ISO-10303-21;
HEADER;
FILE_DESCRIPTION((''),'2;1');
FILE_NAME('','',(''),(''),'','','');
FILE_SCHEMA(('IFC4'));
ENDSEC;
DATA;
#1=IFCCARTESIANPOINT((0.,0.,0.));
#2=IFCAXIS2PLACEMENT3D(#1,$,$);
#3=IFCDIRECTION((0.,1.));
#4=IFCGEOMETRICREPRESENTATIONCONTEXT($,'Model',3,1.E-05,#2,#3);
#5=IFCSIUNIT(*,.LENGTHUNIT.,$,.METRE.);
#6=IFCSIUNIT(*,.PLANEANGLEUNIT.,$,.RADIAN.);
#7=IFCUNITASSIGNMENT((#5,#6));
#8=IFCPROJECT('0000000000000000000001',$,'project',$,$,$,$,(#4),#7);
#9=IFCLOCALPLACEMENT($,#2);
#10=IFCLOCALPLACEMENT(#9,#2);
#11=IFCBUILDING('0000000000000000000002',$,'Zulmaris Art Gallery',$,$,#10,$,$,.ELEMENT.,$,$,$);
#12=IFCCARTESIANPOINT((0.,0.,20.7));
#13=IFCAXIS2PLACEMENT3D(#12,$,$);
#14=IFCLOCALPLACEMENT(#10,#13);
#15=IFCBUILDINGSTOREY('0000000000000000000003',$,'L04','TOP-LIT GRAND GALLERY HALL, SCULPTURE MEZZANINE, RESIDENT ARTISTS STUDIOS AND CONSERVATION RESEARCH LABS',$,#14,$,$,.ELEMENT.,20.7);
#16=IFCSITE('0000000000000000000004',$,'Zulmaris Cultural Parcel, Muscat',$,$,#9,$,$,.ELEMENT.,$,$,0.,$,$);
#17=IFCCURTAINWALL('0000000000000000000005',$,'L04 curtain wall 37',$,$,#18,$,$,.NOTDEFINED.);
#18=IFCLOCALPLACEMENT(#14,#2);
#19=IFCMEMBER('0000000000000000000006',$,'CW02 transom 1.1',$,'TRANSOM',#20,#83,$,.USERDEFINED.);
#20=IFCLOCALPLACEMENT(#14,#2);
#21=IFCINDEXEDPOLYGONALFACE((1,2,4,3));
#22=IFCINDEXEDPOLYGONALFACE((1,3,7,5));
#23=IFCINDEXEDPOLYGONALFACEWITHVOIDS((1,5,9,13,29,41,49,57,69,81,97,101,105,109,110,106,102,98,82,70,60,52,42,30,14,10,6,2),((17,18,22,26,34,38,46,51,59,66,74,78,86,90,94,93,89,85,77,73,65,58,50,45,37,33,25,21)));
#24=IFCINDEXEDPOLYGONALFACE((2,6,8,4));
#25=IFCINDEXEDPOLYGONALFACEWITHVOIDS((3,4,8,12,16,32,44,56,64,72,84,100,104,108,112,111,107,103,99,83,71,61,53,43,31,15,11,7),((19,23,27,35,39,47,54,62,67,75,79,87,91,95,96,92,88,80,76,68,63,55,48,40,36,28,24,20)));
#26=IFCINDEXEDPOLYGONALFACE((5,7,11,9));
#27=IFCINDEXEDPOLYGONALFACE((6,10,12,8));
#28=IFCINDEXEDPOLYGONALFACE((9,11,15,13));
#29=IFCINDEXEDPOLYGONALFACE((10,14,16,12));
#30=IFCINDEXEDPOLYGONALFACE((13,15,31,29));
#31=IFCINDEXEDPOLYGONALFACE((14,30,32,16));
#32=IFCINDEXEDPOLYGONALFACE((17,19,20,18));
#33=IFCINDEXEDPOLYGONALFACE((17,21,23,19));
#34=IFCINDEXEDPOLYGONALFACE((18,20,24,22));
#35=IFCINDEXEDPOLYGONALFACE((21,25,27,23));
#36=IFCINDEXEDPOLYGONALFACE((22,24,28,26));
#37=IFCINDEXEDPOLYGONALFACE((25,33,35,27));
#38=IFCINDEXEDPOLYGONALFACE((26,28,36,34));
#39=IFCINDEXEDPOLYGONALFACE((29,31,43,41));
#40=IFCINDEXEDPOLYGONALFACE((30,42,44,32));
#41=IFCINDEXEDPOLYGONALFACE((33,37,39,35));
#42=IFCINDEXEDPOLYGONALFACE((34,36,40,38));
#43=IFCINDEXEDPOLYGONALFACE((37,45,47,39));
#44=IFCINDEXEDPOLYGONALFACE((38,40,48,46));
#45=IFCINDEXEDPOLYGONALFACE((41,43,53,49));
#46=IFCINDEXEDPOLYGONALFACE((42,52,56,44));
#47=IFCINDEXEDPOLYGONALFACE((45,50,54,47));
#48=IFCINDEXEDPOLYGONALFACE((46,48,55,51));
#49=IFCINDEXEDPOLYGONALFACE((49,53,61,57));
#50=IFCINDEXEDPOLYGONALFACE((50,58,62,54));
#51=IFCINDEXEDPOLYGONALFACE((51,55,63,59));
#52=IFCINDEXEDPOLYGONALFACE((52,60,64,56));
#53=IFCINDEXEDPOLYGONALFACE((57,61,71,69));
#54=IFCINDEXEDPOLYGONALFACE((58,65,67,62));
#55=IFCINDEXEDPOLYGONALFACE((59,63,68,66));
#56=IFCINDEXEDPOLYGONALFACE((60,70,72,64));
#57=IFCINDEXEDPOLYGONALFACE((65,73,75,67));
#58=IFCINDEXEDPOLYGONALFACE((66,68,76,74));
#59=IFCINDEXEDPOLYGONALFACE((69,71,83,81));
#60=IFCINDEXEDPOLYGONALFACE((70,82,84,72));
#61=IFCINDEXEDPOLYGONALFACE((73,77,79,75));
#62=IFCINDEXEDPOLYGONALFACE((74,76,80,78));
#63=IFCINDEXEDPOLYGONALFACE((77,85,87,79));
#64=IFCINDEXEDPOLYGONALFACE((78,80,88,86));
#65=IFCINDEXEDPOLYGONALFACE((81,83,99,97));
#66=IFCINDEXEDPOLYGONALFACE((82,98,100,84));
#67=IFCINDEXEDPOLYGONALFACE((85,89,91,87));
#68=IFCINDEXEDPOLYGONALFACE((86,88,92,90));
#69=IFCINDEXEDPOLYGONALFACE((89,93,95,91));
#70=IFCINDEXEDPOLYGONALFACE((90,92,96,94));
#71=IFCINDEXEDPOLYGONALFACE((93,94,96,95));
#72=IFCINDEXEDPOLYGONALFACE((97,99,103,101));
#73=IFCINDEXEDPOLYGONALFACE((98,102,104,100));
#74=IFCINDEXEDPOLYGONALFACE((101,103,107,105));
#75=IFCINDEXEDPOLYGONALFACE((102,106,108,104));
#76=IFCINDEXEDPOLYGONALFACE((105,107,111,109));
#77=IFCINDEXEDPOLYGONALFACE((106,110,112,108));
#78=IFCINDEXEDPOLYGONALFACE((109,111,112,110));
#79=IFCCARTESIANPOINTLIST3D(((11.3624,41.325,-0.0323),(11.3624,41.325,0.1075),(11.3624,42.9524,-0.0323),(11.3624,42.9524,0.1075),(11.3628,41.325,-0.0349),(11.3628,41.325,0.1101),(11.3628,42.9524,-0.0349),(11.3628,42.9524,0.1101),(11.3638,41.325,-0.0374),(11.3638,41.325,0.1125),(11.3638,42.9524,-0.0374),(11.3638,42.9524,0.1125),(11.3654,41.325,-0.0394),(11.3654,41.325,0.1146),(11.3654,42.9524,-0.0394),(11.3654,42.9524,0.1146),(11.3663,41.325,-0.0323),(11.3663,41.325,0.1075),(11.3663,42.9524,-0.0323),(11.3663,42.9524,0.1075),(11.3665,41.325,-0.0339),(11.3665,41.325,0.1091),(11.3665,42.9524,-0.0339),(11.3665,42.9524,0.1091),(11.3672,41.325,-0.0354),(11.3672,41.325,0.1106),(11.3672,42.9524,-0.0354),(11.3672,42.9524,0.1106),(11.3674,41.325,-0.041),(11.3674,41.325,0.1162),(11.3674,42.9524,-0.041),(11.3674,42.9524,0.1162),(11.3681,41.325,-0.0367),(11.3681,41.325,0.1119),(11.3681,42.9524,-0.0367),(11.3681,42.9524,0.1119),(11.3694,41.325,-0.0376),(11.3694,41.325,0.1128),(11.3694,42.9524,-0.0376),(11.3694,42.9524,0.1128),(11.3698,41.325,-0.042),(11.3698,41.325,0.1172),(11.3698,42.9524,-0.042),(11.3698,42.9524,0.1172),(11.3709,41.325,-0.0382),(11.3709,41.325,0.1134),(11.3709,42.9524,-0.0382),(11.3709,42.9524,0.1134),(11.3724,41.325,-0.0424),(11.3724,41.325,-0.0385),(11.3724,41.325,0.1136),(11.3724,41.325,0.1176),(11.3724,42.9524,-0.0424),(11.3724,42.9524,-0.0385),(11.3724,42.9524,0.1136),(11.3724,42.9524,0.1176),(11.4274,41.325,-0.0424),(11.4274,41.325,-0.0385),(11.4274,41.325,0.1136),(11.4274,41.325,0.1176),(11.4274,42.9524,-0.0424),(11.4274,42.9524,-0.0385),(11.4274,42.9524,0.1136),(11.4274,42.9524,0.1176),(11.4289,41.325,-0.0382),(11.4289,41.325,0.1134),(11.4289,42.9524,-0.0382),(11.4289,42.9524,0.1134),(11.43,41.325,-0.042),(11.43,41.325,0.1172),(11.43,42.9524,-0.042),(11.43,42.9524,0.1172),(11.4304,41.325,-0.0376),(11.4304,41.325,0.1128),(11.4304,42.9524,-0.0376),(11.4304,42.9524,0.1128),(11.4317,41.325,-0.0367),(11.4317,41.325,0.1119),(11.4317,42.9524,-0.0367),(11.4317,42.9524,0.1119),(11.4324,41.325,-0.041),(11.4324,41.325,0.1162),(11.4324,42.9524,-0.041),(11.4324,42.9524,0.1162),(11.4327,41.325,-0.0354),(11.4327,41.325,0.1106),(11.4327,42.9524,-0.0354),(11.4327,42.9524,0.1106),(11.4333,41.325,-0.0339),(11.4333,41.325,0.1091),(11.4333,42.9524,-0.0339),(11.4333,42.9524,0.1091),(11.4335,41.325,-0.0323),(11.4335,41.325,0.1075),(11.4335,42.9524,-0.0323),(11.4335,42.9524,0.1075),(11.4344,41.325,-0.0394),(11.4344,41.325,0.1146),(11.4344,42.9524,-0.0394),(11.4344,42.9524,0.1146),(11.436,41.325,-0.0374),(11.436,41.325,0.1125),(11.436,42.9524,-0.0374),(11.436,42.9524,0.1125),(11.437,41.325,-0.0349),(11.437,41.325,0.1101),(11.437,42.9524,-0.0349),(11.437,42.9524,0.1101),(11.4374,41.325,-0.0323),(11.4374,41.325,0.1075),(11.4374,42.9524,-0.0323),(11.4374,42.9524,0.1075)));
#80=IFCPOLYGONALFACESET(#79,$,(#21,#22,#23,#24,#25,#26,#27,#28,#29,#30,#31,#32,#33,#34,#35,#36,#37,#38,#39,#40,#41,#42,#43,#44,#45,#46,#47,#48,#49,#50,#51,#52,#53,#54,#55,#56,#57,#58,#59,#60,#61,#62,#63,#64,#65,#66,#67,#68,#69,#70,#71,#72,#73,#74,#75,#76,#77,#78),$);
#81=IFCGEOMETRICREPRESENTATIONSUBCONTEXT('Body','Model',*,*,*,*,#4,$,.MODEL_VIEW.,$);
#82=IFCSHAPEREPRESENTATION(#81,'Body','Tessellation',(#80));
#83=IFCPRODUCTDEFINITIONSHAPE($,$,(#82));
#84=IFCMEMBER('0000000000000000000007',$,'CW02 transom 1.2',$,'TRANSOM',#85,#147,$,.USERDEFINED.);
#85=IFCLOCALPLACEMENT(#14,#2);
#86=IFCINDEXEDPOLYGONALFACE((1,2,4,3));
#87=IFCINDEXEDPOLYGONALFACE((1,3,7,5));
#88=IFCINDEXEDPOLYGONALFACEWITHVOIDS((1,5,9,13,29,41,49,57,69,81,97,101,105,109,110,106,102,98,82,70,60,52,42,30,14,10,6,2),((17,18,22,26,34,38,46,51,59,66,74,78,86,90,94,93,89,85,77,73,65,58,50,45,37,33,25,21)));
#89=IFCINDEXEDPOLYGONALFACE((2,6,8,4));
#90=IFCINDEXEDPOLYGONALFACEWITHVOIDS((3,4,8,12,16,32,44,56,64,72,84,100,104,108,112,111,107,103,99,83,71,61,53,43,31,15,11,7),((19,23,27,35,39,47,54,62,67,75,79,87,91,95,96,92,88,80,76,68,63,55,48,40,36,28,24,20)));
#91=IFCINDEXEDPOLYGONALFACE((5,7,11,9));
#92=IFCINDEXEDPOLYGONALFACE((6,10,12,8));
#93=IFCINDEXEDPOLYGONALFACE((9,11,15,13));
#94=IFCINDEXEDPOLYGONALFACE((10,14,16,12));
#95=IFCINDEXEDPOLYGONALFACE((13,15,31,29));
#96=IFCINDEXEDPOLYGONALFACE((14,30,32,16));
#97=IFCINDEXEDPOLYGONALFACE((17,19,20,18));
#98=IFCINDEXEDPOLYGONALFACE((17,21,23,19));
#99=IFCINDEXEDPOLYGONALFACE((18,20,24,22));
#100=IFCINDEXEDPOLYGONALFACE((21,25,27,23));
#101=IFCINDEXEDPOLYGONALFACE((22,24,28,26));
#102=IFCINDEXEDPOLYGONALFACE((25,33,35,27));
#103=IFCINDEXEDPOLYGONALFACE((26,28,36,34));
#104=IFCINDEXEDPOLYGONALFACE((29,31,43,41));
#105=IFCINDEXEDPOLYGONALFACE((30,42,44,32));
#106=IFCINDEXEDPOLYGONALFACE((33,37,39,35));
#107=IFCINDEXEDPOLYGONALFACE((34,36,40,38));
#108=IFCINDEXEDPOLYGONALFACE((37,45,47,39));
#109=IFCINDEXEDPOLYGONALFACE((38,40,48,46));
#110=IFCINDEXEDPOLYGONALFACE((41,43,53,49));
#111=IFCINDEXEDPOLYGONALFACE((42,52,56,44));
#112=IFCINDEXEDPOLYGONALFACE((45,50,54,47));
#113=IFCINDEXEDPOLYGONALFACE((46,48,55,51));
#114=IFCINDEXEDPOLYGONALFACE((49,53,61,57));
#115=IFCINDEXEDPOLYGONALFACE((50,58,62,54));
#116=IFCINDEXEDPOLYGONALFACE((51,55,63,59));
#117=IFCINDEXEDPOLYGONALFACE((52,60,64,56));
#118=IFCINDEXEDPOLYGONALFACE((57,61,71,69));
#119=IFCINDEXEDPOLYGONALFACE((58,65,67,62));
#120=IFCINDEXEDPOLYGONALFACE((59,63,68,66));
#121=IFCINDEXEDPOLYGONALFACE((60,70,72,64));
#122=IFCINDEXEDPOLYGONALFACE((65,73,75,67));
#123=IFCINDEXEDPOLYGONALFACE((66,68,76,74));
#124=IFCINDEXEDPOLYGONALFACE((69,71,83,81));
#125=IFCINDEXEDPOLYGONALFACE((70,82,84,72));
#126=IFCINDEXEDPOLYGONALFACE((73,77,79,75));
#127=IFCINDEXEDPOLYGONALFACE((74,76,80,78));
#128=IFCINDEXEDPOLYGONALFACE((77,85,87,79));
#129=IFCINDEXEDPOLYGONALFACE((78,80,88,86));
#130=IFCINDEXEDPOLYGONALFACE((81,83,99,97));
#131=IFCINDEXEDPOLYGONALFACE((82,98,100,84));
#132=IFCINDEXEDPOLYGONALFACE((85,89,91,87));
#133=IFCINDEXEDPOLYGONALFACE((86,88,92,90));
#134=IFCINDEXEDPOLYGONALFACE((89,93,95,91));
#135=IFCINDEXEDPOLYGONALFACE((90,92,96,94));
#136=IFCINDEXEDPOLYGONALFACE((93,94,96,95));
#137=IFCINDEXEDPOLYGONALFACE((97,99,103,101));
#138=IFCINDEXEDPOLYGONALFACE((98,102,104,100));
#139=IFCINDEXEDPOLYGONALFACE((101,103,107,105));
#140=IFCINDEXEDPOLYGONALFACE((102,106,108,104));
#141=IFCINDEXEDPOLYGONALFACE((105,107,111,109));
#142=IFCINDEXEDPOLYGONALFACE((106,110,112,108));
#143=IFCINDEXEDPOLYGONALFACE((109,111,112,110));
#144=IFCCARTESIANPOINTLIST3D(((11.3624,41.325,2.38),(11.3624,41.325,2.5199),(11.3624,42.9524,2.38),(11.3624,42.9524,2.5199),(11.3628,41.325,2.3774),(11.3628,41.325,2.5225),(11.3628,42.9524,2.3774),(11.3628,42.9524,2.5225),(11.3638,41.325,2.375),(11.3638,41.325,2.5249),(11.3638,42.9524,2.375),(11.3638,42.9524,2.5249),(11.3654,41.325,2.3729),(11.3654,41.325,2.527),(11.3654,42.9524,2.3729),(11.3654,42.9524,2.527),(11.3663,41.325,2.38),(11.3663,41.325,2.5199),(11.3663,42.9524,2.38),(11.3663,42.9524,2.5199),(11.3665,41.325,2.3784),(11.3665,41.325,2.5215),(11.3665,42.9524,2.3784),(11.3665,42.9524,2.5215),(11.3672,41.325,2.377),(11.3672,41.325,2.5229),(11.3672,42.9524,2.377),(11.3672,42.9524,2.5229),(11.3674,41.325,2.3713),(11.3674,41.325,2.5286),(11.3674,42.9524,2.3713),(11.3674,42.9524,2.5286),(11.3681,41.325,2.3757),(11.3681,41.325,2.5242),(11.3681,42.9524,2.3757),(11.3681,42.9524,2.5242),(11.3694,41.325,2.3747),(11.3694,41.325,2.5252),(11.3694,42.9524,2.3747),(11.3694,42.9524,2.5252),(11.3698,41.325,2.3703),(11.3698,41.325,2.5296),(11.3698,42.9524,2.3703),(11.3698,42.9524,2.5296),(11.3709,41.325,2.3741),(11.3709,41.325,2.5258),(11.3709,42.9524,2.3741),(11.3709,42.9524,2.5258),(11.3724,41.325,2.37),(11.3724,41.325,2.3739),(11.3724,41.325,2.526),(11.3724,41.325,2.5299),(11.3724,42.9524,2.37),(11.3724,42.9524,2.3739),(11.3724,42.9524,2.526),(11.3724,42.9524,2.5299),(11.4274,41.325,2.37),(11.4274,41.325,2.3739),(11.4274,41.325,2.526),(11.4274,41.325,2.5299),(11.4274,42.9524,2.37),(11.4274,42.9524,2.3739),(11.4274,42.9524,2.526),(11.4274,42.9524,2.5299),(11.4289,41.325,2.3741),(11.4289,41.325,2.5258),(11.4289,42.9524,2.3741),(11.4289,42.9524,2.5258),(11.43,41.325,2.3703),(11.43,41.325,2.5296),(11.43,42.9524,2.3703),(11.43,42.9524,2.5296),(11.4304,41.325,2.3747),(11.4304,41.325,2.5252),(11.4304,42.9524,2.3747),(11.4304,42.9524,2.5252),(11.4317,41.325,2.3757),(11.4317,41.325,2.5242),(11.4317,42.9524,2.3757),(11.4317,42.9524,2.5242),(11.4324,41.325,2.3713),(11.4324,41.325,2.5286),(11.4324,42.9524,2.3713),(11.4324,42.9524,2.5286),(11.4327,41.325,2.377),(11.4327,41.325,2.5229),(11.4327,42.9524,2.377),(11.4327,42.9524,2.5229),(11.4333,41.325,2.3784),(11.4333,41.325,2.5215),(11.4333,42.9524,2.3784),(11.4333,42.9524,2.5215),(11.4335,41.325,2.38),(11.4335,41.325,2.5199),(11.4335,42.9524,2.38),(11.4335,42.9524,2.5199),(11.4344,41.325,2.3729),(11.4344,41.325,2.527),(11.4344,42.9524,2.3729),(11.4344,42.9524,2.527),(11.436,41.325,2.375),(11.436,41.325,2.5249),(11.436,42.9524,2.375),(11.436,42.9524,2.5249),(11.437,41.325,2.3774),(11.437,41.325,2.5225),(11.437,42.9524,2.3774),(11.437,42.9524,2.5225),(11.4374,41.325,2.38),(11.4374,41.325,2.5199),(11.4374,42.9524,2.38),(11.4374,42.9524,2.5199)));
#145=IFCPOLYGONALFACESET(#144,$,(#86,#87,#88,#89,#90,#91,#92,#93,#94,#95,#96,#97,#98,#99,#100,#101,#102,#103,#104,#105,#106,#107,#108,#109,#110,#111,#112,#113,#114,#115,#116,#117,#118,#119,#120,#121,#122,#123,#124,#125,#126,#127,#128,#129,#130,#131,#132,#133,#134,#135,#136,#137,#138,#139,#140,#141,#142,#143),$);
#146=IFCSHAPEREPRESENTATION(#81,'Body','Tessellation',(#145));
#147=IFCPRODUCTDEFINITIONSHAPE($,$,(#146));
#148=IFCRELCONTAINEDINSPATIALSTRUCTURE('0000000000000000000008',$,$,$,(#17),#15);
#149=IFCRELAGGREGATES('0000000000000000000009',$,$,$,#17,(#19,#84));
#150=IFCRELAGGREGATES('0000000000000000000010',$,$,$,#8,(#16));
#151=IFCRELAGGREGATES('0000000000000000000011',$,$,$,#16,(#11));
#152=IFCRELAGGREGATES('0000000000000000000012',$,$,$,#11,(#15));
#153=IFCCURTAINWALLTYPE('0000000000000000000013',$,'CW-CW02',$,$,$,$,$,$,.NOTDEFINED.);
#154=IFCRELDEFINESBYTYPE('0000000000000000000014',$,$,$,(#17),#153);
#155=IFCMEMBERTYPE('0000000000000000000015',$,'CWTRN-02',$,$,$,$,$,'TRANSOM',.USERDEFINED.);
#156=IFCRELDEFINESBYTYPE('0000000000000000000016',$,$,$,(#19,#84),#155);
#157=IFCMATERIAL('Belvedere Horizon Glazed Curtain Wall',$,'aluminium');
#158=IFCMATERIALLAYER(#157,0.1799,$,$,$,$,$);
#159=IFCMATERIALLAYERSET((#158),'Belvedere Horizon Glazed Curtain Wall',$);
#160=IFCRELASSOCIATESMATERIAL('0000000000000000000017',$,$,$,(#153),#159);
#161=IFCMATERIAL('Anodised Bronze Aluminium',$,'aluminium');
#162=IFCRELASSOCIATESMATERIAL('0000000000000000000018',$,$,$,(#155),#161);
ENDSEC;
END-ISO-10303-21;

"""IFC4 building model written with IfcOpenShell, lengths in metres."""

from ifc_helpers import new_model, si_unit, direction, frame, origin, origin_2d, place, context, subcontext, project, spatial, hollow_rectangle, extrude, material, layer, layer_set, material_profile, profile_set, type_object, element, aggregate, save


model = new_model("IFC4")

# Units and contexts
model_context = context("Model", 3, precision=1e-05, world=origin(), true_north=direction((0.0, 1.0)))
body_context = subcontext(model_context, "Body", "Model", "MODEL_VIEW")
ifc_project = project(units=[si_unit("LENGTHUNIT", "METRE"), si_unit("PLANEANGLEUNIT", "RADIAN")], contexts=[model_context])

# Site, building, storey
site_placement = place(None, origin())
site = spatial("IfcSite", under=ifc_project, at=site_placement, Name="Zulmaris Cultural Parcel, Muscat", CompositionType="ELEMENT", RefElevation=0.0)
building_placement = place(site_placement, origin())
building = spatial("IfcBuilding", under=site, at=building_placement, Name="Zulmaris Art Gallery", CompositionType="ELEMENT")
storey_placement = place(building_placement, frame((0.0, 0.0, 20.7)))
storey = spatial("IfcBuildingStorey", under=building, at=storey_placement, Name="L04", Description="TOP-LIT GRAND GALLERY HALL, SCULPTURE MEZZANINE, RESIDENT ARTISTS STUDIOS AND CONSERVATION RESEARCH LABS", CompositionType="ELEMENT", Elevation=20.7)

# Curtain wall
ifc_material_1 = material(Name="Belvedere Horizon Glazed Curtain Wall", Category="aluminium")
ifc_layer_1 = layer(ifc_material_1, 0.1799)
ifc_layer_set_1 = layer_set([ifc_layer_1], Name="Belvedere Horizon Glazed Curtain Wall")
curtain_wall_type = type_object("IfcCurtainWallType", Name="CW-CW02", PredefinedType="NOTDEFINED", material=ifc_layer_set_1)
ifc_material_2 = material(Name="Anodised Bronze Aluminium", Category="aluminium")
curtain_wall_1_placement = place(storey_placement, origin())
curtain_wall_1 = element("IfcCurtainWall", 1, at=curtain_wall_1_placement, inside=storey, type_object=curtain_wall_type, Name="L04 curtain wall 37", PredefinedType="NOTDEFINED")

# Members
ifc_material_profile_1 = material_profile(ifc_material_2, hollow_rectangle(XDim=0.075, YDim=0.1599, WallThickness=0.0039, InnerFilletRadius=0.0061, OuterFilletRadius=0.01, at=origin_2d()), Name="ALU 75x160x4")
ifc_profile_set_1 = profile_set([ifc_material_profile_1], Name="Anodised Bronze Aluminium")
member_type_1 = type_object("IfcMemberType", Name="CWTRN-02", ElementType="TRANSOM", PredefinedType="USERDEFINED", material=ifc_profile_set_1)
member_1_placement = place(storey_placement, frame((11.3999, 41.325, 0.0376), z_axis=(0.0, 1.0, 0.0), x_axis=(-1.0, 0.0, 0.0)))
member_1 = element("IfcMember", 2, at=member_1_placement, type_object=member_type_1, Name="CW02 transom 1.1", ObjectType="TRANSOM", PredefinedType="USERDEFINED", context=body_context, shape_type="SweptSolid", body=[
    extrude(hollow_rectangle(XDim=0.075, YDim=0.1599, WallThickness=0.0039, InnerFilletRadius=0.0061, OuterFilletRadius=0.01, at=origin_2d()), origin(), (0.0, 0.0, 1.0), 1.6274),
])
member_2_placement = place(storey_placement, frame((11.3999, 41.325, 2.45), z_axis=(0.0, 1.0, 0.0), x_axis=(-1.0, 0.0, 0.0)))
member_2 = element("IfcMember", 3, at=member_2_placement, type_object=member_type_1, Name="CW02 transom 1.2", ObjectType="TRANSOM", PredefinedType="USERDEFINED", context=body_context, shape_type="SweptSolid", body=[
    extrude(hollow_rectangle(XDim=0.075, YDim=0.1599, WallThickness=0.0039, InnerFilletRadius=0.0061, OuterFilletRadius=0.01, at=origin_2d()), origin(), (0.0, 0.0, 1.0), 1.6274),
])

aggregate(curtain_wall_1, [member_1, member_2])

save(model, "model.ifc")
